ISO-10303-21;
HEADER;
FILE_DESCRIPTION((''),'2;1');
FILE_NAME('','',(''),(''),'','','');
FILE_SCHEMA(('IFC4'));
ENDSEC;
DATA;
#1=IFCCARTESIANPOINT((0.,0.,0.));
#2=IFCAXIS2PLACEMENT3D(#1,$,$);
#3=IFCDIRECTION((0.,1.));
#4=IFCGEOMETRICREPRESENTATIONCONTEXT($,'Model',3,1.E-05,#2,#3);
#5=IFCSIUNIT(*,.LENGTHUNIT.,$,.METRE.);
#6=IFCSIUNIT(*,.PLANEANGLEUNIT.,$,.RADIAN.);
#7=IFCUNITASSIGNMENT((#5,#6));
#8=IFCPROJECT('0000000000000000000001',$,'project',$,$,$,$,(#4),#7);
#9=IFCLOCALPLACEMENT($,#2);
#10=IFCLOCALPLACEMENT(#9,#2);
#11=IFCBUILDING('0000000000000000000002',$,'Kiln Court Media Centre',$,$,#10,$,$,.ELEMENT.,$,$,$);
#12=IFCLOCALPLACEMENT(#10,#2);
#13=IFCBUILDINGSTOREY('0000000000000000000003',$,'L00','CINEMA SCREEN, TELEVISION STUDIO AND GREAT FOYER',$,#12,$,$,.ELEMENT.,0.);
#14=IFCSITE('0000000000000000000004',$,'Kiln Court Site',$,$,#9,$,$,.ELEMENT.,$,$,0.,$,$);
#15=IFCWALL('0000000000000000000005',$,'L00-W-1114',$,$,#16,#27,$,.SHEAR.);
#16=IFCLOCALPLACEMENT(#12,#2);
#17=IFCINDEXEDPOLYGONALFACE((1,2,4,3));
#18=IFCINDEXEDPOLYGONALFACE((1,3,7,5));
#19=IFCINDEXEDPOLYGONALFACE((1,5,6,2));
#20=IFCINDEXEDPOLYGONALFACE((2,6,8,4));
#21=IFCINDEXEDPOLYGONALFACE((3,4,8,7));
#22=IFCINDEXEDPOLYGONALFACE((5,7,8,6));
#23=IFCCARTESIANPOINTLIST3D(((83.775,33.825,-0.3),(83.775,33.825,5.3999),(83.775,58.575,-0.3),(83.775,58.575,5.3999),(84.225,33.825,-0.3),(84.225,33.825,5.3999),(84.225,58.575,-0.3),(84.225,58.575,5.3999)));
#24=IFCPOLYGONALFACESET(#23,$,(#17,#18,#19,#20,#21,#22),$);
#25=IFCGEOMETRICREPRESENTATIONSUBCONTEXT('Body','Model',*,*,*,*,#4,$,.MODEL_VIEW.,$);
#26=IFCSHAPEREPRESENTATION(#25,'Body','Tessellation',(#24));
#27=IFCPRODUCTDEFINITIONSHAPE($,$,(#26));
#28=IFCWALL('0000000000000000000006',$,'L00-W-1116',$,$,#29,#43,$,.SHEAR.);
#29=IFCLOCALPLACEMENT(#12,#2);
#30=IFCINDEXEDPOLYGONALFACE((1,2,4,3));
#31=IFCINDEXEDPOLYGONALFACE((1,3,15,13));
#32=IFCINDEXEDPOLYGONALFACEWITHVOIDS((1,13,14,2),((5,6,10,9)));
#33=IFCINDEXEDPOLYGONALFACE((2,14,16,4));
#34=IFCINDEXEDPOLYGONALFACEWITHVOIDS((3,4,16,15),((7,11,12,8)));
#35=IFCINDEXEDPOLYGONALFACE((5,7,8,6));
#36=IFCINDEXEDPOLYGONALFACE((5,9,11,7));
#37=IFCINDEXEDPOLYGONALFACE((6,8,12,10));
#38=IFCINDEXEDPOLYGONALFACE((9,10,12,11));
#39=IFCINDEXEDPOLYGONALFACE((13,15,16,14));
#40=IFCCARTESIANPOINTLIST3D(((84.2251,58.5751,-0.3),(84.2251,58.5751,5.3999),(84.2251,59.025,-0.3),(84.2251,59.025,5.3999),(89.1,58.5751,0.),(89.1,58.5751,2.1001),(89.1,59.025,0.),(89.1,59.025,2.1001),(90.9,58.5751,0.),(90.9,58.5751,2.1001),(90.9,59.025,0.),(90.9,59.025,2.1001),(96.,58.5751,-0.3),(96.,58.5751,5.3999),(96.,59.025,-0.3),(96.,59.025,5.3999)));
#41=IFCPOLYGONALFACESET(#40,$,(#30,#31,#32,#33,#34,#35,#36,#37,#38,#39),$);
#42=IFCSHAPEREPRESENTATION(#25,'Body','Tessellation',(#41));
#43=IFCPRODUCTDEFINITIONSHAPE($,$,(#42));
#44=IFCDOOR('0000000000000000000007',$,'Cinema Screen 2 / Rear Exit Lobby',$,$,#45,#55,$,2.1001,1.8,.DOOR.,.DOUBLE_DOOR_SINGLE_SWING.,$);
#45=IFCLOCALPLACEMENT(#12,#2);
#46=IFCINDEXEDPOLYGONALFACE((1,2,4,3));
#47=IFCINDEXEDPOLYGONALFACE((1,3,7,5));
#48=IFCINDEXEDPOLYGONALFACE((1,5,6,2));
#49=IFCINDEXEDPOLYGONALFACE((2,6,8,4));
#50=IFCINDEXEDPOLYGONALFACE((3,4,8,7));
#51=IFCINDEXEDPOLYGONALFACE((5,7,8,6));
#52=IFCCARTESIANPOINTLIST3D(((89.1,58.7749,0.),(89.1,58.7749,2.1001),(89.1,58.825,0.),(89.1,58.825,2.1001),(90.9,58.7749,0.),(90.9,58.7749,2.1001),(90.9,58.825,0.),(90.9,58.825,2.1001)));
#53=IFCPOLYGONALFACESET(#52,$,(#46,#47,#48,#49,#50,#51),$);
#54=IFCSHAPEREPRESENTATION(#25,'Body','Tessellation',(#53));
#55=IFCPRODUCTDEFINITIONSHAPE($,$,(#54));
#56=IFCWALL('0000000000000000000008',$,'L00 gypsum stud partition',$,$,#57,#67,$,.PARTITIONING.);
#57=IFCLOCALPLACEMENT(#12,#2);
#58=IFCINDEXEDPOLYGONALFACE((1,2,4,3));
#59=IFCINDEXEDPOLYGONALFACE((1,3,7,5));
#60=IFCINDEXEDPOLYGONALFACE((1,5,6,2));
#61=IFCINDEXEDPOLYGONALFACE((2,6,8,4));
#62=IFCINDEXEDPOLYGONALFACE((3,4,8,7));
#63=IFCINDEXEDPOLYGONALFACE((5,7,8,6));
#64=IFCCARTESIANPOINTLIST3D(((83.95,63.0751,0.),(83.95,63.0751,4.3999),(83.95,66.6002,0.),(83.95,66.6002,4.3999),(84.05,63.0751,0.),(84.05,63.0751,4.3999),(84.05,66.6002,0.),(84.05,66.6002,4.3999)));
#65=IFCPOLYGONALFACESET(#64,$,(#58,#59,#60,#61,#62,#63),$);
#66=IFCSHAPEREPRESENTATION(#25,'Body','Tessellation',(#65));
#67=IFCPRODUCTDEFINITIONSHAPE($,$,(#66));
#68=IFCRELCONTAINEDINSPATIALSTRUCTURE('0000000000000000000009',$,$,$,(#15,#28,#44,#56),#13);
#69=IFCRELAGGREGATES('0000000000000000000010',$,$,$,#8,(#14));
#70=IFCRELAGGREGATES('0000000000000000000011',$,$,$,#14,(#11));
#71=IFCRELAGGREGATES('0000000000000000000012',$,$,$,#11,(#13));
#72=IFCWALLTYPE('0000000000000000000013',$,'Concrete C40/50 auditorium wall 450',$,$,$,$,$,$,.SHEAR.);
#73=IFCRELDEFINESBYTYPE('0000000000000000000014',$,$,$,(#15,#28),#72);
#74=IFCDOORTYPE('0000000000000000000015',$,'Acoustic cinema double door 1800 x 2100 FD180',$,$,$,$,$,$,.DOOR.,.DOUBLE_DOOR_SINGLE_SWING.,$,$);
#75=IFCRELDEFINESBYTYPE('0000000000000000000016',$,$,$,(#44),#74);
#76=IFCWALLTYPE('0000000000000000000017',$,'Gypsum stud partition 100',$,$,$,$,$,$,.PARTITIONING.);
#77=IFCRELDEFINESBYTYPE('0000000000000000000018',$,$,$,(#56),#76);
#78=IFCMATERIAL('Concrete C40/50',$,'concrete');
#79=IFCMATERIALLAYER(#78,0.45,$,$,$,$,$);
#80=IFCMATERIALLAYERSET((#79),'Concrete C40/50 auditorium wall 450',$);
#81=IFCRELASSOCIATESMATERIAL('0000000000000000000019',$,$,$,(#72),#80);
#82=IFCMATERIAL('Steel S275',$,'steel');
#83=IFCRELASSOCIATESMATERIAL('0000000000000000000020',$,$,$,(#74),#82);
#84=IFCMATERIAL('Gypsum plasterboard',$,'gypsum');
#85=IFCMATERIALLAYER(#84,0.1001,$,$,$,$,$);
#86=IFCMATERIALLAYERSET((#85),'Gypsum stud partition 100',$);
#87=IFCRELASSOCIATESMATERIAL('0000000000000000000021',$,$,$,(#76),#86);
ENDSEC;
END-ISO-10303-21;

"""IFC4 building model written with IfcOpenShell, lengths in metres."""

from ifc_helpers import new_model, si_unit, direction, frame, frame_2d, origin, place, context, subcontext, project, spatial, rectangle, extrude, material, layer, layer_set, type_object, element, fill, save


model = new_model("IFC4")

# Units and contexts
model_context = context("Model", 3, precision=1e-05, world=origin(), true_north=direction((0.0, 1.0)))
body_context = subcontext(model_context, "Body", "Model", "MODEL_VIEW")
ifc_project = project(units=[si_unit("LENGTHUNIT", "METRE"), si_unit("PLANEANGLEUNIT", "RADIAN")], contexts=[model_context])

# Site, building, storey
site_placement = place(None, origin())
site = spatial("IfcSite", under=ifc_project, at=site_placement, Name="Kiln Court Site", CompositionType="ELEMENT", RefElevation=0.0)
building_placement = place(site_placement, origin())
building = spatial("IfcBuilding", under=site, at=building_placement, Name="Kiln Court Media Centre", CompositionType="ELEMENT")
storey_placement = place(building_placement, origin())
storey = spatial("IfcBuildingStorey", under=building, at=storey_placement, Name="L00", Description="CINEMA SCREEN, TELEVISION STUDIO AND GREAT FOYER", CompositionType="ELEMENT", Elevation=0.0)

# Wall
ifc_material_1 = material(Name="Concrete C40/50", Category="concrete")
ifc_layer_1 = layer(ifc_material_1, 0.45)
ifc_layer_set_1 = layer_set([ifc_layer_1], Name="Concrete C40/50 auditorium wall 450")
wall_type_1 = type_object("IfcWallType", Name="Concrete C40/50 auditorium wall 450", PredefinedType="SHEAR", material=ifc_layer_set_1)
wall_1_placement = place(storey_placement, frame((84.0, 58.575, -0.3), z_axis=(0.0, 0.0, 1.0), x_axis=(0.0, -1.0, 0.0)))
element("IfcWall", 1, at=wall_1_placement, inside=storey, type_object=wall_type_1, Name="L00-W-1114", PredefinedType="SHEAR", context=body_context, shape_type="SweptSolid", body=[
    extrude(rectangle(XDim=24.75, YDim=0.45, at=frame_2d((12.375, 0.0))), origin(), (0.0, 0.0, 1.0), 5.7),
])

# Wall, opening, door
wall_2_placement = place(storey_placement, frame((84.2251, 58.8, -0.3), z_axis=(0.0, 0.0, 1.0), x_axis=(1.0, 0.0, 0.0)))
wall_2 = element("IfcWall", 2, at=wall_2_placement, inside=storey, type_object=wall_type_1, Name="L00-W-1116", PredefinedType="SHEAR", context=body_context, shape_type="SweptSolid", body=[
    extrude(rectangle(XDim=11.7749, YDim=0.45, at=frame_2d((5.8875, 0.0))), origin(), (0.0, 0.0, 1.0), 5.7),
])
opening_placement = place(wall_2_placement, frame((4.875, 0.0, 0.3)))
opening = element("IfcOpeningElement", 3, at=opening_placement, cuts=wall_2, PredefinedType="OPENING", context=body_context, shape_type="SweptSolid", body=[
    extrude(rectangle(XDim=1.8, YDim=2.1001, at=frame_2d((0.8999, 1.05))), frame((0.0, 0.2349, 0.0), z_axis=(0.0, -1.0, 0.0), x_axis=(1.0, 0.0, 0.0)), (0.0, 0.0, 1.0), 0.47),
])
ifc_material_2 = material(Name="Steel S275", Category="steel")
door_type = type_object("IfcDoorType", Name="Acoustic cinema double door 1800 x 2100 FD180", OperationType="DOUBLE_DOOR_SINGLE_SWING", PredefinedType="DOOR", material=ifc_material_2)
door_placement = place(opening_placement, origin())
door = element("IfcDoor", 4, at=door_placement, inside=storey, type_object=door_type, Name="Cinema Screen 2 / Rear Exit Lobby", OperationType="DOUBLE_DOOR_SINGLE_SWING", OverallHeight=2.1001, OverallWidth=1.8, PredefinedType="DOOR", context=body_context, shape_type="SweptSolid", body=[
    extrude(rectangle(XDim=1.8, YDim=2.1001, at=frame_2d((0.8999, 1.05))), frame((0.0, 0.0249, 0.0), z_axis=(0.0, -1.0, 0.0), x_axis=(1.0, 0.0, 0.0)), (0.0, 0.0, 1.0), 0.05),
])
fill(opening, door)

# Wall
ifc_material_3 = material(Name="Gypsum plasterboard", Category="gypsum")
ifc_layer_2 = layer(ifc_material_3, 0.1001)
ifc_layer_set_2 = layer_set([ifc_layer_2], Name="Gypsum stud partition 100")
wall_type_2 = type_object("IfcWallType", Name="Gypsum stud partition 100", PredefinedType="PARTITIONING", material=ifc_layer_set_2)
wall_3_placement = place(storey_placement, frame((84.0, 63.075, 0.0), z_axis=(0.0, 0.0, 1.0), x_axis=(0.0, 1.0, 0.0)))
element("IfcWall", 5, at=wall_3_placement, inside=storey, type_object=wall_type_2, Name="L00 gypsum stud partition", PredefinedType="PARTITIONING", context=body_context, shape_type="SweptSolid", body=[
    extrude(rectangle(XDim=3.5251, YDim=0.1001, at=frame_2d((1.7627, 0.0))), origin(), (0.0, 0.0, 1.0), 4.3999),
])

save(model, "model.ifc")
